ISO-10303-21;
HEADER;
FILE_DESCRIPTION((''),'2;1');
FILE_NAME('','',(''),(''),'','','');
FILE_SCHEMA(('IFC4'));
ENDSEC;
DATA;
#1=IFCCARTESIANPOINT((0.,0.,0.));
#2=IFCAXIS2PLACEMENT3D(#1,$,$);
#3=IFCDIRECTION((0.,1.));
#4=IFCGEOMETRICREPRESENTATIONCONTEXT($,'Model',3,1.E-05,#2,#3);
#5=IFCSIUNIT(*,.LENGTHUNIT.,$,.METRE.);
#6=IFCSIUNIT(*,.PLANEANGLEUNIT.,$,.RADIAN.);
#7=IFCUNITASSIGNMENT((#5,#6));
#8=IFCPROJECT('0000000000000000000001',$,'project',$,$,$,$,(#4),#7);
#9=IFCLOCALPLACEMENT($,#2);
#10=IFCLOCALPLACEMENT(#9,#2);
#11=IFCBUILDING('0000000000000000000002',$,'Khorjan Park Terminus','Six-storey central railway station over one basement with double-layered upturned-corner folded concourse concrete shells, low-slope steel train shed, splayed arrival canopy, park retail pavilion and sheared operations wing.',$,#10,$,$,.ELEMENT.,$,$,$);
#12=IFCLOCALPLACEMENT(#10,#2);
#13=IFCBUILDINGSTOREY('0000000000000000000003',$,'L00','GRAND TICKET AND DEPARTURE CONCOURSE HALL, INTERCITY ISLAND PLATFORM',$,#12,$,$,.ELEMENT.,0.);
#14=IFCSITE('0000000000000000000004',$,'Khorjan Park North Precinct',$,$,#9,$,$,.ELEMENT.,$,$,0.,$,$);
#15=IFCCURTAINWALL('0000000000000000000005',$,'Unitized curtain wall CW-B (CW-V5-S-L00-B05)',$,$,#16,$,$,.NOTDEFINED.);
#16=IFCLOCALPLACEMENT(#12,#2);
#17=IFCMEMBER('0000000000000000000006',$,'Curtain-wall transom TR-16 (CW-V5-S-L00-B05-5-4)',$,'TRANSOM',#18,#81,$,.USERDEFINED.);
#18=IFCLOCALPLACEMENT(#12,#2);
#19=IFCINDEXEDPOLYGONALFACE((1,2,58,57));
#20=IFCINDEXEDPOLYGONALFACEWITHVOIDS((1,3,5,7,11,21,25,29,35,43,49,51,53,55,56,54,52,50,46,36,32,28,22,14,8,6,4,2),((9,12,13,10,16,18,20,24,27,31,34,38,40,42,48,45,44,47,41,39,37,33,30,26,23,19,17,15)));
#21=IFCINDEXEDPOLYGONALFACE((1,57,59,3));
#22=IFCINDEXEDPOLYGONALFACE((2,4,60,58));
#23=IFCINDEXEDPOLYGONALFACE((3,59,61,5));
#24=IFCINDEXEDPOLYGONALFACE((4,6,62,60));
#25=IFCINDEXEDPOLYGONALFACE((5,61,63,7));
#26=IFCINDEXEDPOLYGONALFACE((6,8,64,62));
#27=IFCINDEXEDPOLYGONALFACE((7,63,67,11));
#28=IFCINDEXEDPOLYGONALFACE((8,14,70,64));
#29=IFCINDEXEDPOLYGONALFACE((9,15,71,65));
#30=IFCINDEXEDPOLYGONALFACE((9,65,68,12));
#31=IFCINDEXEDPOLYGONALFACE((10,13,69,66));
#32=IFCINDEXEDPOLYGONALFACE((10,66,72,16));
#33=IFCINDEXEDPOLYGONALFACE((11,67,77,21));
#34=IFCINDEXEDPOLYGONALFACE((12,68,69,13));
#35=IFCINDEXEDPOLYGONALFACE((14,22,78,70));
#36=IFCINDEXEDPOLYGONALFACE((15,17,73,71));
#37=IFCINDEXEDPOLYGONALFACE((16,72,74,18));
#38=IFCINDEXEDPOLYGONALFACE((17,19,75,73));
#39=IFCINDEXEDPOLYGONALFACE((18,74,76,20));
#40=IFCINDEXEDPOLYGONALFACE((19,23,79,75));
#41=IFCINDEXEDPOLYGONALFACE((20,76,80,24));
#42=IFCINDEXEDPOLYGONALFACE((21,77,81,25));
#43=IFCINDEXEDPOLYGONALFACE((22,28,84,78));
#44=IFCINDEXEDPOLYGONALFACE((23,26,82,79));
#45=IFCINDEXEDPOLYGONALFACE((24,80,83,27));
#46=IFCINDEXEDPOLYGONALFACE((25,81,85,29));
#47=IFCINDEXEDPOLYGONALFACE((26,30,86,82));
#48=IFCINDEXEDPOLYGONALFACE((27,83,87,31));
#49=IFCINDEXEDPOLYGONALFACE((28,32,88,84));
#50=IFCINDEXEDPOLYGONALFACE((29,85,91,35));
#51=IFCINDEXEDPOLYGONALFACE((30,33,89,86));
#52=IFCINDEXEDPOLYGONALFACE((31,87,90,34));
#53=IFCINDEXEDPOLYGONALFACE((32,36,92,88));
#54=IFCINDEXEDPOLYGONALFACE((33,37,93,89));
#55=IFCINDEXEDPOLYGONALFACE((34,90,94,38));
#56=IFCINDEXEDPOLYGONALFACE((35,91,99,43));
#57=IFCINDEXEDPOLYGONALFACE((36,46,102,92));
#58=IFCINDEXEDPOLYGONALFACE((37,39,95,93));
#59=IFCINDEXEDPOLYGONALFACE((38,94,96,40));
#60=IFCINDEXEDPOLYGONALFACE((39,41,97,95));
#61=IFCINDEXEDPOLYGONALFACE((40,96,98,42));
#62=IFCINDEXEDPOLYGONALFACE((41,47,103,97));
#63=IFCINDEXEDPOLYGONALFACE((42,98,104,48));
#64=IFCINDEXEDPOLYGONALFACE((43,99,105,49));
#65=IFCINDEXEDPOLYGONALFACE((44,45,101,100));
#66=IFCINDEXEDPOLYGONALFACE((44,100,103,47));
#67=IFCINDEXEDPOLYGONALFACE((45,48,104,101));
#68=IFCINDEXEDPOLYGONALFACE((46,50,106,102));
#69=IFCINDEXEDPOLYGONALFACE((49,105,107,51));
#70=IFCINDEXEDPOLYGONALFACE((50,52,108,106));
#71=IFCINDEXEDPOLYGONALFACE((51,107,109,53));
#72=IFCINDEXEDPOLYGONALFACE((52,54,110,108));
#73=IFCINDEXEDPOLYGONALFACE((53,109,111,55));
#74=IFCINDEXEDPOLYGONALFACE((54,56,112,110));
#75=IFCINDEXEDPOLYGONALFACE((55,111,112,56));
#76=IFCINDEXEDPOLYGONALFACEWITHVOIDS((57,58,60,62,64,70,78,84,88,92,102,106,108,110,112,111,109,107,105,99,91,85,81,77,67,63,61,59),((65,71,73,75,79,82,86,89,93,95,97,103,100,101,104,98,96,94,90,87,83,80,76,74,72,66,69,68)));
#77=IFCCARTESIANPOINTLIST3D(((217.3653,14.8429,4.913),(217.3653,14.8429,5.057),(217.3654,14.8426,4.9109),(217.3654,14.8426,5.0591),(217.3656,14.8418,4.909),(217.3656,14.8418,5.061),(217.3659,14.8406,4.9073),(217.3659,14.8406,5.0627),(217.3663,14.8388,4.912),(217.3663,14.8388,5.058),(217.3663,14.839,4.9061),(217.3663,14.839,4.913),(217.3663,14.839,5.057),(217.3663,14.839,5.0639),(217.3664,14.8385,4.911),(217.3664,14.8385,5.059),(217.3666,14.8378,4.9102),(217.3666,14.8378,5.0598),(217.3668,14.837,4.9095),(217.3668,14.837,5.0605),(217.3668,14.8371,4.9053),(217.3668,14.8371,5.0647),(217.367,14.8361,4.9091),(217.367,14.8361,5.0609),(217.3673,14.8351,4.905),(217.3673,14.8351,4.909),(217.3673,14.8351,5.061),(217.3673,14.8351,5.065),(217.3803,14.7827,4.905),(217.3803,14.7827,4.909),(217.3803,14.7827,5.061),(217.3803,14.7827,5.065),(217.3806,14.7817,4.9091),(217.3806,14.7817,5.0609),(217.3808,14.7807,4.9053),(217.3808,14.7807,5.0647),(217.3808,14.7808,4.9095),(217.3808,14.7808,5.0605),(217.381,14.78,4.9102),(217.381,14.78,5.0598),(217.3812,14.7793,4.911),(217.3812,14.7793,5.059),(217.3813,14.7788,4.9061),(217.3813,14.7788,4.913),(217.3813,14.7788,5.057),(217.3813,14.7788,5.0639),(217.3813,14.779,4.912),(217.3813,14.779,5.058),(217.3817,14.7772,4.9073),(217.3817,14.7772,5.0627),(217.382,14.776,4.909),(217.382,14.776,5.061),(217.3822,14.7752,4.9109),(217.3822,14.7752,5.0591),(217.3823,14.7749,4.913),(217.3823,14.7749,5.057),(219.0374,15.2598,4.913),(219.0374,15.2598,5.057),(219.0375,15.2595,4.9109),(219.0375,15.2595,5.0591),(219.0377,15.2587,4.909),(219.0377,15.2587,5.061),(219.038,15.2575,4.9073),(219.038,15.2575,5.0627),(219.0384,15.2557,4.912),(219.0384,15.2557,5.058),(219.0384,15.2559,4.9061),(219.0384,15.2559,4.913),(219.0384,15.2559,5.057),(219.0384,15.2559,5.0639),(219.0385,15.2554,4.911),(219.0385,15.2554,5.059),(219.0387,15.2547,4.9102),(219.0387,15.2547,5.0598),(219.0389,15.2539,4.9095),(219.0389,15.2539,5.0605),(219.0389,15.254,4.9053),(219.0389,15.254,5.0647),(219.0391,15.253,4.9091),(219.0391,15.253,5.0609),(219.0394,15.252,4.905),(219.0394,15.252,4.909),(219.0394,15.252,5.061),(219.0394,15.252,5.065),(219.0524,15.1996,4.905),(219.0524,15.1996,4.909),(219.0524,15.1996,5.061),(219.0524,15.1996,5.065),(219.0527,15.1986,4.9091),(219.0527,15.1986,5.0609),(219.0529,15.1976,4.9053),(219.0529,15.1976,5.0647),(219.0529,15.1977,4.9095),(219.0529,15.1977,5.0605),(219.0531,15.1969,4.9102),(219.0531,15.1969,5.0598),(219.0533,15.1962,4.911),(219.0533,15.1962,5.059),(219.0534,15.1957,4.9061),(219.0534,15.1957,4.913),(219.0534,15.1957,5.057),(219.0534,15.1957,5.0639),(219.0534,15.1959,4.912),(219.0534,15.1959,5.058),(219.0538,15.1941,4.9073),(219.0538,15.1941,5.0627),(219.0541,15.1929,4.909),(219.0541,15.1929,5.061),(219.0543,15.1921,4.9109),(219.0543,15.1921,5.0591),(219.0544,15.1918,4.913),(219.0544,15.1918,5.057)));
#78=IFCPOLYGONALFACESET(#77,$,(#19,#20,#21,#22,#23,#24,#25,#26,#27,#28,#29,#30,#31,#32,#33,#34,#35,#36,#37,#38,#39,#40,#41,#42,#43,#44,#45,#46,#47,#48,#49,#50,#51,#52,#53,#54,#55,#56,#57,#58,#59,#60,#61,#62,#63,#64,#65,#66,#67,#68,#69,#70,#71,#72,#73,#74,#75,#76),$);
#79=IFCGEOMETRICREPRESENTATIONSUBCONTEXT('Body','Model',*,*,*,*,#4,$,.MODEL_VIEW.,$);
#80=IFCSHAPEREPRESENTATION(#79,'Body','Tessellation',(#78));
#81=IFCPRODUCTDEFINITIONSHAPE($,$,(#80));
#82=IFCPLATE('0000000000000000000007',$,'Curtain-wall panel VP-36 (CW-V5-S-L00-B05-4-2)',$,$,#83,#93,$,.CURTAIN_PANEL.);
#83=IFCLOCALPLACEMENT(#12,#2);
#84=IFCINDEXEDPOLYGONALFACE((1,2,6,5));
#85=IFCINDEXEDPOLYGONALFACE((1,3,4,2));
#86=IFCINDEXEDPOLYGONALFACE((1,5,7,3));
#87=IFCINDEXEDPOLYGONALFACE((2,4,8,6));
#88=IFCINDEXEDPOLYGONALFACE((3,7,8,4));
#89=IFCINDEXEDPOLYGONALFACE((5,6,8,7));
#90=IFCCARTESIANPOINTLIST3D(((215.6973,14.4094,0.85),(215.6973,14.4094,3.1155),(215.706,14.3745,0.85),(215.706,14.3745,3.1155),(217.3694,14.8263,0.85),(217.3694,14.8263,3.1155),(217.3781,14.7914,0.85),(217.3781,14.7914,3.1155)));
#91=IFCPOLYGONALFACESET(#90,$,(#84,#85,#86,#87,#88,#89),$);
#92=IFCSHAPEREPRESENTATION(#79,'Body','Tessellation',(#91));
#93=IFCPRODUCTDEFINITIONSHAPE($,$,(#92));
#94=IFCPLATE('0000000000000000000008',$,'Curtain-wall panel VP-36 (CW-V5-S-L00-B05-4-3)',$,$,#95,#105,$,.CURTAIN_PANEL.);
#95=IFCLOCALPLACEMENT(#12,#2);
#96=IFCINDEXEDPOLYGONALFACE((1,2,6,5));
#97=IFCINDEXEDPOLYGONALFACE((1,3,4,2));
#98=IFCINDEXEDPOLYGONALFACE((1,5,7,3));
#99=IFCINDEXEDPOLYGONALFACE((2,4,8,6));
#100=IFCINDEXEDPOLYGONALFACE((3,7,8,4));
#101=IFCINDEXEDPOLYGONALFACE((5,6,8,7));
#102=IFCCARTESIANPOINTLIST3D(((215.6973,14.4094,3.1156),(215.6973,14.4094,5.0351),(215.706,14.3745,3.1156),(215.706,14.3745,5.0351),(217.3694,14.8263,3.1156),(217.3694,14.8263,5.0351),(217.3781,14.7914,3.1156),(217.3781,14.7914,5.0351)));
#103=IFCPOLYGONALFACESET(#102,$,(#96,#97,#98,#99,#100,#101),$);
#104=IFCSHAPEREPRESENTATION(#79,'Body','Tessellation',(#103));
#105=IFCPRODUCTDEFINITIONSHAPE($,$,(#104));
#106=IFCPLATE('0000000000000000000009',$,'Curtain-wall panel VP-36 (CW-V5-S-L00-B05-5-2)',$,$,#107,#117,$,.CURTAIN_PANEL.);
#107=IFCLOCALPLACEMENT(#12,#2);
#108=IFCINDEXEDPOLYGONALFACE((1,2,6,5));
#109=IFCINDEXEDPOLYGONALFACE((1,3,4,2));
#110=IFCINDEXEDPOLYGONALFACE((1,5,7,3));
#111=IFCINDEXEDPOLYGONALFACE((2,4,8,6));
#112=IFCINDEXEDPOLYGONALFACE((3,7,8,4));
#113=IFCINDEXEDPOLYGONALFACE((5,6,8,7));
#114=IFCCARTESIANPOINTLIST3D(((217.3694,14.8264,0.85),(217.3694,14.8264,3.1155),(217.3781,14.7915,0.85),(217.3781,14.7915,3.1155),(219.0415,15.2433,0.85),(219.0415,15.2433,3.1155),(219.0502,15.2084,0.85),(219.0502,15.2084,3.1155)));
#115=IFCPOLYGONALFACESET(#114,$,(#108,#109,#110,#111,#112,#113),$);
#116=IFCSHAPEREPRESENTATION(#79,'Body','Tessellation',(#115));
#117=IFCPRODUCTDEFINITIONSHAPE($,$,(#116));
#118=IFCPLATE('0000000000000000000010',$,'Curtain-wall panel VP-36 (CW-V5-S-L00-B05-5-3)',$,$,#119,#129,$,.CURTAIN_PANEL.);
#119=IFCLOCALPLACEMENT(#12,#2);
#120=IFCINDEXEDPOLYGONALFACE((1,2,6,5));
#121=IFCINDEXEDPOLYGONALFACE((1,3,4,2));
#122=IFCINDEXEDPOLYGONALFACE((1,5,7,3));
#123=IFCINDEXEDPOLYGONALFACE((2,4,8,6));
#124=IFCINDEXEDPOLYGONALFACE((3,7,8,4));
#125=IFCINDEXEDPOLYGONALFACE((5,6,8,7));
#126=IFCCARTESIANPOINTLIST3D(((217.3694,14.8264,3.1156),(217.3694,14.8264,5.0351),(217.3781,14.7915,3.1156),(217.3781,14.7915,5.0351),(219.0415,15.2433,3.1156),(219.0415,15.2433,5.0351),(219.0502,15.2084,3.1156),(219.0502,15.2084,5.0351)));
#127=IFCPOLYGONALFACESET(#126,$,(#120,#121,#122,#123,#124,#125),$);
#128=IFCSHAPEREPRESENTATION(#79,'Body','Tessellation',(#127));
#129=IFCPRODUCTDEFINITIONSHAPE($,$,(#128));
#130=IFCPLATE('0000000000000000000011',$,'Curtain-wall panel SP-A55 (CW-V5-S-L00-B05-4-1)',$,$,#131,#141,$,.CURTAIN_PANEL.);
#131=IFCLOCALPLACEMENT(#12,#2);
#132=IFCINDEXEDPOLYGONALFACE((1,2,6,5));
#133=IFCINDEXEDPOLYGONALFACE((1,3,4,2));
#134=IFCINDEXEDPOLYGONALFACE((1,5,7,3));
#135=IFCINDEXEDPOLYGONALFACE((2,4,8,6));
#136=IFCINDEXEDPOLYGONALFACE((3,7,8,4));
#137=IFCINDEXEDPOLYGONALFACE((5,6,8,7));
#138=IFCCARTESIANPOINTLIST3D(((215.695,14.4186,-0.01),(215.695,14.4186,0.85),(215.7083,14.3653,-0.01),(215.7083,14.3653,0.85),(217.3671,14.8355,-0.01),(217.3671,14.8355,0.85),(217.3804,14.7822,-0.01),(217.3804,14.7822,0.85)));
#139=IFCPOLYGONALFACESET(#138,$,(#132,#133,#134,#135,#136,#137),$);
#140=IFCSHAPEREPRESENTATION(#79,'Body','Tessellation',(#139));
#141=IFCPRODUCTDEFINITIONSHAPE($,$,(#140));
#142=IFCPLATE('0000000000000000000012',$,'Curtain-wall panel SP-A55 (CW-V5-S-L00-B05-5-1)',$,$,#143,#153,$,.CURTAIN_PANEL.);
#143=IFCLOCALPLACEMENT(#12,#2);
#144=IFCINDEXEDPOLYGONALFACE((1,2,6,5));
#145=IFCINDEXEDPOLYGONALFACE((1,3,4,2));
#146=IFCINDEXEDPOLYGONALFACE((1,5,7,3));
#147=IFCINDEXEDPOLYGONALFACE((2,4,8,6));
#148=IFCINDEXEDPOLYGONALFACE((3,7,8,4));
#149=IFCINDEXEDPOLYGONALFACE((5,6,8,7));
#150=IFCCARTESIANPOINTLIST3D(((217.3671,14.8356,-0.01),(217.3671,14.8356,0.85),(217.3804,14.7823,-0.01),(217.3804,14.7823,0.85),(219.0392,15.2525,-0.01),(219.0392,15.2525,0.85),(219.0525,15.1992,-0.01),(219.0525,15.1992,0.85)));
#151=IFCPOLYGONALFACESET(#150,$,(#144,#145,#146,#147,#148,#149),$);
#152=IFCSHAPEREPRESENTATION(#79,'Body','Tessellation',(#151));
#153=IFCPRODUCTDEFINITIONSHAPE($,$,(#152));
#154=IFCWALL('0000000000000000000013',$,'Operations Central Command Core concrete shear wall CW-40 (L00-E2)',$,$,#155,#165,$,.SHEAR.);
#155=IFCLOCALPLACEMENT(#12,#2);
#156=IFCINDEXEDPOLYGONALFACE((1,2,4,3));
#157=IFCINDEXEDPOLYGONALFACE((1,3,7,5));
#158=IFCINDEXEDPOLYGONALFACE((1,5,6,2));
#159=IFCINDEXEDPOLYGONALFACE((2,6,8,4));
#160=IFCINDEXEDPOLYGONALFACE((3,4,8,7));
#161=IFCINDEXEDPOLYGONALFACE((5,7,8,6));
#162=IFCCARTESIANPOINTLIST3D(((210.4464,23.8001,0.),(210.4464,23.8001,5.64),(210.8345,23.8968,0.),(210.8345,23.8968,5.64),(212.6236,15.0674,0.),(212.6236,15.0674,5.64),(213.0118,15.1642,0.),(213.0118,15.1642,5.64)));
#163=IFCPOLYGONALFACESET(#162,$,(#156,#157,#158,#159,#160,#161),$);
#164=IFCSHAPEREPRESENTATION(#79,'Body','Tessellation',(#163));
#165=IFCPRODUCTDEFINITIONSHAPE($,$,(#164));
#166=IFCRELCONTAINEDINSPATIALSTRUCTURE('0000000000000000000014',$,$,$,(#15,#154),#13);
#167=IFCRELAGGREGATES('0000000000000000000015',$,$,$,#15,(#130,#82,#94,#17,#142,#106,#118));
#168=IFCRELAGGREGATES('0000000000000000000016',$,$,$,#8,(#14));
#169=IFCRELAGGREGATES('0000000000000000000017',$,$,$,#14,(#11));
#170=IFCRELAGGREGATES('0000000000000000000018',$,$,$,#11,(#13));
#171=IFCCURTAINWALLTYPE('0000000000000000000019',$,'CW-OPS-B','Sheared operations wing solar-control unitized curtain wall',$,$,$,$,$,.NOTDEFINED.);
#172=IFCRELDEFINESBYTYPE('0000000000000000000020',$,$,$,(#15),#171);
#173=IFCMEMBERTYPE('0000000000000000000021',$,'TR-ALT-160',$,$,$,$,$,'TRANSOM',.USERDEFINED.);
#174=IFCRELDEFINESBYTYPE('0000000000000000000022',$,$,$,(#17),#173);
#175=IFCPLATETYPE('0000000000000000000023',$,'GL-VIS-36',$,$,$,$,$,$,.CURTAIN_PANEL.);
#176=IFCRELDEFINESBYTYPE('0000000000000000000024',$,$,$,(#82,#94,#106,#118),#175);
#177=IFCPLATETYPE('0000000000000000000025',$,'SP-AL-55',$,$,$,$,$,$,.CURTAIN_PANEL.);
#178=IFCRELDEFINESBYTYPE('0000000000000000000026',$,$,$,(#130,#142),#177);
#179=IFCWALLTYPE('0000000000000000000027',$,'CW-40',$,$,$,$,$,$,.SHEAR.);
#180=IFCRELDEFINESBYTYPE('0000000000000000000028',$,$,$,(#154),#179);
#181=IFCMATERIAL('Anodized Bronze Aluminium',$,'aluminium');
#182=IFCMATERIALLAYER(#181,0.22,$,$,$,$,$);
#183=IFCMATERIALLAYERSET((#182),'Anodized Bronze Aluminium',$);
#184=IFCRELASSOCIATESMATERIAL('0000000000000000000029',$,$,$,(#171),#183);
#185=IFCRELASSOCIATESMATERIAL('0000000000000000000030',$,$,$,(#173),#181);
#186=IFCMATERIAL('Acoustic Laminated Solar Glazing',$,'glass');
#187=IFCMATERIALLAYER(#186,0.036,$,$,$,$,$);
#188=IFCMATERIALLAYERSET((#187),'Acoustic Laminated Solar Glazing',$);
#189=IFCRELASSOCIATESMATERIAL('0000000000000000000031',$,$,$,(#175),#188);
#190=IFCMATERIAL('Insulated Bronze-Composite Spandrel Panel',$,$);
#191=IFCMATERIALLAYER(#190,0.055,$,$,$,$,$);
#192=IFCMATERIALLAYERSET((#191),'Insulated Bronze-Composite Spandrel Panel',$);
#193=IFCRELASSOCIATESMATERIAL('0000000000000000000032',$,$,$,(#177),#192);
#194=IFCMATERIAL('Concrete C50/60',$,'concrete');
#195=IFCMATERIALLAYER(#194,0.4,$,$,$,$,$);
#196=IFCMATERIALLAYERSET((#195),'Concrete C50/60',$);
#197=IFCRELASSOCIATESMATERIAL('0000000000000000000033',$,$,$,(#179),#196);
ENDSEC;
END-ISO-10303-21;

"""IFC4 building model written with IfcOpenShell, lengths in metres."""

from ifc_helpers import new_model, si_unit, direction, frame, frame_2d, origin, origin_2d, place, context, subcontext, project, spatial, rectangle, hollow_rectangle, extrude, material, layer, layer_set, material_profile, profile_set, type_object, element, aggregate, save


model = new_model("IFC4")

# Units and contexts
model_context = context("Model", 3, precision=1e-05, world=origin(), true_north=direction((0.0, 1.0)))
body_context = subcontext(model_context, "Body", "Model", "MODEL_VIEW")
ifc_project = project(units=[si_unit("LENGTHUNIT", "METRE"), si_unit("PLANEANGLEUNIT", "RADIAN")], contexts=[model_context])

# Site, building, storey
site_placement = place(None, origin())
site = spatial("IfcSite", under=ifc_project, at=site_placement, Name="Khorjan Park North Precinct", CompositionType="ELEMENT", RefElevation=0.0)
building_placement = place(site_placement, origin())
building = spatial("IfcBuilding", under=site, at=building_placement, Name="Khorjan Park Terminus", Description="Six-storey central railway station over one basement with double-layered upturned-corner folded concourse concrete shells, low-slope steel train shed, splayed arrival canopy, park retail pavilion and sheared operations wing.", CompositionType="ELEMENT")
storey_placement = place(building_placement, origin())
storey = spatial("IfcBuildingStorey", under=building, at=storey_placement, Name="L00", Description="GRAND TICKET AND DEPARTURE CONCOURSE HALL, INTERCITY ISLAND PLATFORM", CompositionType="ELEMENT", Elevation=0.0)

# Shared definitions
ifc_material_1 = material(Name="Concrete C50/60", Category="concrete")

# Curtain wall, member, plates
ifc_material_2 = material(Name="Anodized Bronze Aluminium", Category="aluminium")
ifc_layer_1 = layer(ifc_material_2, 0.22)
ifc_layer_set_1 = layer_set([ifc_layer_1], Name="Anodized Bronze Aluminium")
curtain_wall_type = type_object("IfcCurtainWallType", Name="CW-OPS-B", Description="Sheared operations wing solar-control unitized curtain wall", PredefinedType="NOTDEFINED", material=ifc_layer_set_1)
curtain_wall_placement = place(storey_placement, origin())
curtain_wall = element("IfcCurtainWall", 1, at=curtain_wall_placement, inside=storey, type_object=curtain_wall_type, Name="Unitized curtain wall CW-B (CW-V5-S-L00-B05)", PredefinedType="NOTDEFINED")
ifc_material_profile_1 = material_profile(ifc_material_2, hollow_rectangle(XDim=0.07, YDim=0.16, WallThickness=0.004, InnerFilletRadius=0.004, OuterFilletRadius=0.008, at=origin_2d()), Name="ALT 70x160x4")
ifc_profile_set_1 = profile_set([ifc_material_profile_1], Name="Anodized Bronze Aluminium")
member_type_1 = type_object("IfcMemberType", Name="TR-ALT-160", ElementType="TRANSOM", PredefinedType="USERDEFINED", material=ifc_profile_set_1)
member_1_placement = place(storey_placement, frame((217.3738, 14.8089, 4.985), z_axis=(0.970296, 0.241921, 0.0), x_axis=(-0.241921, 0.970296, 0.0)))
member_1 = element("IfcMember", 2, at=member_1_placement, type_object=member_type_1, Name="Curtain-wall transom TR-16 (CW-V5-S-L00-B05-5-4)", ObjectType="TRANSOM", PredefinedType="USERDEFINED", context=body_context, shape_type="SweptSolid", body=[
    extrude(hollow_rectangle(XDim=0.07, YDim=0.16, WallThickness=0.004, InnerFilletRadius=0.004, OuterFilletRadius=0.008, at=origin_2d()), origin(), (0.0, 0.0, 1.0), 1.7233),
])
ifc_material_3 = material(Name="Acoustic Laminated Solar Glazing", Category="glass")
ifc_layer_2 = layer(ifc_material_3, 0.036)
ifc_layer_set_2 = layer_set([ifc_layer_2], Name="Acoustic Laminated Solar Glazing")
plate_type_1 = type_object("IfcPlateType", Name="GL-VIS-36", PredefinedType="CURTAIN_PANEL", material=ifc_layer_set_2)
plate_1_placement = place(storey_placement, frame((216.5377, 14.6004, 0.85), z_axis=(0.0, 0.0, 1.0), x_axis=(0.970298, 0.241912, 0.0)))
plate_1 = element("IfcPlate", 3, at=plate_1_placement, type_object=plate_type_1, Name="Curtain-wall panel VP-36 (CW-V5-S-L00-B05-4-2)", PredefinedType="CURTAIN_PANEL", context=body_context, shape_type="SweptSolid", body=[
    extrude(rectangle(XDim=1.7233, YDim=0.036, at=origin_2d()), origin(), (0.0, 0.0, 1.0), 2.2655),
])
plate_2_placement = place(storey_placement, frame((216.5377, 14.6004, 3.1156), z_axis=(0.0, 0.0, 1.0), x_axis=(0.970298, 0.241912, 0.0)))
plate_2 = element("IfcPlate", 4, at=plate_2_placement, type_object=plate_type_1, Name="Curtain-wall panel VP-36 (CW-V5-S-L00-B05-4-3)", PredefinedType="CURTAIN_PANEL", context=body_context, shape_type="SweptSolid", body=[
    extrude(rectangle(XDim=1.7233, YDim=0.036, at=origin_2d()), origin(), (0.0, 0.0, 1.0), 1.9195),
])
plate_3_placement = place(storey_placement, frame((218.2098, 15.0174, 0.85), z_axis=(0.0, 0.0, 1.0), x_axis=(0.970298, 0.241912, 0.0)))
plate_3 = element("IfcPlate", 5, at=plate_3_placement, type_object=plate_type_1, Name="Curtain-wall panel VP-36 (CW-V5-S-L00-B05-5-2)", PredefinedType="CURTAIN_PANEL", context=body_context, shape_type="SweptSolid", body=[
    extrude(rectangle(XDim=1.7233, YDim=0.036, at=origin_2d()), origin(), (0.0, 0.0, 1.0), 2.2655),
])
plate_4_placement = place(storey_placement, frame((218.2098, 15.0174, 3.1156), z_axis=(0.0, 0.0, 1.0), x_axis=(0.970298, 0.241912, 0.0)))
plate_4 = element("IfcPlate", 6, at=plate_4_placement, type_object=plate_type_1, Name="Curtain-wall panel VP-36 (CW-V5-S-L00-B05-5-3)", PredefinedType="CURTAIN_PANEL", context=body_context, shape_type="SweptSolid", body=[
    extrude(rectangle(XDim=1.7233, YDim=0.036, at=origin_2d()), origin(), (0.0, 0.0, 1.0), 1.9195),
])
ifc_material_4 = material(Name="Insulated Bronze-Composite Spandrel Panel")
ifc_layer_3 = layer(ifc_material_4, 0.055)
ifc_layer_set_3 = layer_set([ifc_layer_3], Name="Insulated Bronze-Composite Spandrel Panel")
plate_type_2 = type_object("IfcPlateType", Name="SP-AL-55", PredefinedType="CURTAIN_PANEL", material=ifc_layer_set_3)
plate_5_placement = place(storey_placement, frame((216.5377, 14.6004, -0.01), z_axis=(0.0, 0.0, 1.0), x_axis=(0.970298, 0.241912, 0.0)))
plate_5 = element("IfcPlate", 7, at=plate_5_placement, type_object=plate_type_2, Name="Curtain-wall panel SP-A55 (CW-V5-S-L00-B05-4-1)", PredefinedType="CURTAIN_PANEL", context=body_context, shape_type="SweptSolid", body=[
    extrude(rectangle(XDim=1.7233, YDim=0.055, at=origin_2d()), origin(), (0.0, 0.0, 1.0), 0.86),
])
plate_6_placement = place(storey_placement, frame((218.2098, 15.0174, -0.01), z_axis=(0.0, 0.0, 1.0), x_axis=(0.970298, 0.241912, 0.0)))
plate_6 = element("IfcPlate", 8, at=plate_6_placement, type_object=plate_type_2, Name="Curtain-wall panel SP-A55 (CW-V5-S-L00-B05-5-1)", PredefinedType="CURTAIN_PANEL", context=body_context, shape_type="SweptSolid", body=[
    extrude(rectangle(XDim=1.7233, YDim=0.055, at=origin_2d()), origin(), (0.0, 0.0, 1.0), 0.86),
])
aggregate(curtain_wall, [plate_5, plate_1, plate_2, member_1, plate_6, plate_3, plate_4])

# Wall
ifc_layer_4 = layer(ifc_material_1, 0.4)
ifc_layer_set_4 = layer_set([ifc_layer_4], Name="Concrete C50/60")
wall_type_1 = type_object("IfcWallType", Name="CW-40", PredefinedType="SHEAR", material=ifc_layer_set_4)
wall_1_placement = place(storey_placement, frame((212.8177, 15.1158, 0.0), z_axis=(0.0, 0.0, 1.0), x_axis=(-0.241921, 0.970296, 0.0)))
element("IfcWall", 9, at=wall_1_placement, inside=storey, type_object=wall_type_1, Name="Operations Central Command Core concrete shear wall CW-40 (L00-E2)", PredefinedType="SHEAR", context=body_context, shape_type="SweptSolid", body=[
    extrude(rectangle(XDim=9.0, YDim=0.4, at=frame_2d((4.5, 0.0))), origin(), (0.0, 0.0, 1.0), 5.64),
])

save(model, "model.ifc")
